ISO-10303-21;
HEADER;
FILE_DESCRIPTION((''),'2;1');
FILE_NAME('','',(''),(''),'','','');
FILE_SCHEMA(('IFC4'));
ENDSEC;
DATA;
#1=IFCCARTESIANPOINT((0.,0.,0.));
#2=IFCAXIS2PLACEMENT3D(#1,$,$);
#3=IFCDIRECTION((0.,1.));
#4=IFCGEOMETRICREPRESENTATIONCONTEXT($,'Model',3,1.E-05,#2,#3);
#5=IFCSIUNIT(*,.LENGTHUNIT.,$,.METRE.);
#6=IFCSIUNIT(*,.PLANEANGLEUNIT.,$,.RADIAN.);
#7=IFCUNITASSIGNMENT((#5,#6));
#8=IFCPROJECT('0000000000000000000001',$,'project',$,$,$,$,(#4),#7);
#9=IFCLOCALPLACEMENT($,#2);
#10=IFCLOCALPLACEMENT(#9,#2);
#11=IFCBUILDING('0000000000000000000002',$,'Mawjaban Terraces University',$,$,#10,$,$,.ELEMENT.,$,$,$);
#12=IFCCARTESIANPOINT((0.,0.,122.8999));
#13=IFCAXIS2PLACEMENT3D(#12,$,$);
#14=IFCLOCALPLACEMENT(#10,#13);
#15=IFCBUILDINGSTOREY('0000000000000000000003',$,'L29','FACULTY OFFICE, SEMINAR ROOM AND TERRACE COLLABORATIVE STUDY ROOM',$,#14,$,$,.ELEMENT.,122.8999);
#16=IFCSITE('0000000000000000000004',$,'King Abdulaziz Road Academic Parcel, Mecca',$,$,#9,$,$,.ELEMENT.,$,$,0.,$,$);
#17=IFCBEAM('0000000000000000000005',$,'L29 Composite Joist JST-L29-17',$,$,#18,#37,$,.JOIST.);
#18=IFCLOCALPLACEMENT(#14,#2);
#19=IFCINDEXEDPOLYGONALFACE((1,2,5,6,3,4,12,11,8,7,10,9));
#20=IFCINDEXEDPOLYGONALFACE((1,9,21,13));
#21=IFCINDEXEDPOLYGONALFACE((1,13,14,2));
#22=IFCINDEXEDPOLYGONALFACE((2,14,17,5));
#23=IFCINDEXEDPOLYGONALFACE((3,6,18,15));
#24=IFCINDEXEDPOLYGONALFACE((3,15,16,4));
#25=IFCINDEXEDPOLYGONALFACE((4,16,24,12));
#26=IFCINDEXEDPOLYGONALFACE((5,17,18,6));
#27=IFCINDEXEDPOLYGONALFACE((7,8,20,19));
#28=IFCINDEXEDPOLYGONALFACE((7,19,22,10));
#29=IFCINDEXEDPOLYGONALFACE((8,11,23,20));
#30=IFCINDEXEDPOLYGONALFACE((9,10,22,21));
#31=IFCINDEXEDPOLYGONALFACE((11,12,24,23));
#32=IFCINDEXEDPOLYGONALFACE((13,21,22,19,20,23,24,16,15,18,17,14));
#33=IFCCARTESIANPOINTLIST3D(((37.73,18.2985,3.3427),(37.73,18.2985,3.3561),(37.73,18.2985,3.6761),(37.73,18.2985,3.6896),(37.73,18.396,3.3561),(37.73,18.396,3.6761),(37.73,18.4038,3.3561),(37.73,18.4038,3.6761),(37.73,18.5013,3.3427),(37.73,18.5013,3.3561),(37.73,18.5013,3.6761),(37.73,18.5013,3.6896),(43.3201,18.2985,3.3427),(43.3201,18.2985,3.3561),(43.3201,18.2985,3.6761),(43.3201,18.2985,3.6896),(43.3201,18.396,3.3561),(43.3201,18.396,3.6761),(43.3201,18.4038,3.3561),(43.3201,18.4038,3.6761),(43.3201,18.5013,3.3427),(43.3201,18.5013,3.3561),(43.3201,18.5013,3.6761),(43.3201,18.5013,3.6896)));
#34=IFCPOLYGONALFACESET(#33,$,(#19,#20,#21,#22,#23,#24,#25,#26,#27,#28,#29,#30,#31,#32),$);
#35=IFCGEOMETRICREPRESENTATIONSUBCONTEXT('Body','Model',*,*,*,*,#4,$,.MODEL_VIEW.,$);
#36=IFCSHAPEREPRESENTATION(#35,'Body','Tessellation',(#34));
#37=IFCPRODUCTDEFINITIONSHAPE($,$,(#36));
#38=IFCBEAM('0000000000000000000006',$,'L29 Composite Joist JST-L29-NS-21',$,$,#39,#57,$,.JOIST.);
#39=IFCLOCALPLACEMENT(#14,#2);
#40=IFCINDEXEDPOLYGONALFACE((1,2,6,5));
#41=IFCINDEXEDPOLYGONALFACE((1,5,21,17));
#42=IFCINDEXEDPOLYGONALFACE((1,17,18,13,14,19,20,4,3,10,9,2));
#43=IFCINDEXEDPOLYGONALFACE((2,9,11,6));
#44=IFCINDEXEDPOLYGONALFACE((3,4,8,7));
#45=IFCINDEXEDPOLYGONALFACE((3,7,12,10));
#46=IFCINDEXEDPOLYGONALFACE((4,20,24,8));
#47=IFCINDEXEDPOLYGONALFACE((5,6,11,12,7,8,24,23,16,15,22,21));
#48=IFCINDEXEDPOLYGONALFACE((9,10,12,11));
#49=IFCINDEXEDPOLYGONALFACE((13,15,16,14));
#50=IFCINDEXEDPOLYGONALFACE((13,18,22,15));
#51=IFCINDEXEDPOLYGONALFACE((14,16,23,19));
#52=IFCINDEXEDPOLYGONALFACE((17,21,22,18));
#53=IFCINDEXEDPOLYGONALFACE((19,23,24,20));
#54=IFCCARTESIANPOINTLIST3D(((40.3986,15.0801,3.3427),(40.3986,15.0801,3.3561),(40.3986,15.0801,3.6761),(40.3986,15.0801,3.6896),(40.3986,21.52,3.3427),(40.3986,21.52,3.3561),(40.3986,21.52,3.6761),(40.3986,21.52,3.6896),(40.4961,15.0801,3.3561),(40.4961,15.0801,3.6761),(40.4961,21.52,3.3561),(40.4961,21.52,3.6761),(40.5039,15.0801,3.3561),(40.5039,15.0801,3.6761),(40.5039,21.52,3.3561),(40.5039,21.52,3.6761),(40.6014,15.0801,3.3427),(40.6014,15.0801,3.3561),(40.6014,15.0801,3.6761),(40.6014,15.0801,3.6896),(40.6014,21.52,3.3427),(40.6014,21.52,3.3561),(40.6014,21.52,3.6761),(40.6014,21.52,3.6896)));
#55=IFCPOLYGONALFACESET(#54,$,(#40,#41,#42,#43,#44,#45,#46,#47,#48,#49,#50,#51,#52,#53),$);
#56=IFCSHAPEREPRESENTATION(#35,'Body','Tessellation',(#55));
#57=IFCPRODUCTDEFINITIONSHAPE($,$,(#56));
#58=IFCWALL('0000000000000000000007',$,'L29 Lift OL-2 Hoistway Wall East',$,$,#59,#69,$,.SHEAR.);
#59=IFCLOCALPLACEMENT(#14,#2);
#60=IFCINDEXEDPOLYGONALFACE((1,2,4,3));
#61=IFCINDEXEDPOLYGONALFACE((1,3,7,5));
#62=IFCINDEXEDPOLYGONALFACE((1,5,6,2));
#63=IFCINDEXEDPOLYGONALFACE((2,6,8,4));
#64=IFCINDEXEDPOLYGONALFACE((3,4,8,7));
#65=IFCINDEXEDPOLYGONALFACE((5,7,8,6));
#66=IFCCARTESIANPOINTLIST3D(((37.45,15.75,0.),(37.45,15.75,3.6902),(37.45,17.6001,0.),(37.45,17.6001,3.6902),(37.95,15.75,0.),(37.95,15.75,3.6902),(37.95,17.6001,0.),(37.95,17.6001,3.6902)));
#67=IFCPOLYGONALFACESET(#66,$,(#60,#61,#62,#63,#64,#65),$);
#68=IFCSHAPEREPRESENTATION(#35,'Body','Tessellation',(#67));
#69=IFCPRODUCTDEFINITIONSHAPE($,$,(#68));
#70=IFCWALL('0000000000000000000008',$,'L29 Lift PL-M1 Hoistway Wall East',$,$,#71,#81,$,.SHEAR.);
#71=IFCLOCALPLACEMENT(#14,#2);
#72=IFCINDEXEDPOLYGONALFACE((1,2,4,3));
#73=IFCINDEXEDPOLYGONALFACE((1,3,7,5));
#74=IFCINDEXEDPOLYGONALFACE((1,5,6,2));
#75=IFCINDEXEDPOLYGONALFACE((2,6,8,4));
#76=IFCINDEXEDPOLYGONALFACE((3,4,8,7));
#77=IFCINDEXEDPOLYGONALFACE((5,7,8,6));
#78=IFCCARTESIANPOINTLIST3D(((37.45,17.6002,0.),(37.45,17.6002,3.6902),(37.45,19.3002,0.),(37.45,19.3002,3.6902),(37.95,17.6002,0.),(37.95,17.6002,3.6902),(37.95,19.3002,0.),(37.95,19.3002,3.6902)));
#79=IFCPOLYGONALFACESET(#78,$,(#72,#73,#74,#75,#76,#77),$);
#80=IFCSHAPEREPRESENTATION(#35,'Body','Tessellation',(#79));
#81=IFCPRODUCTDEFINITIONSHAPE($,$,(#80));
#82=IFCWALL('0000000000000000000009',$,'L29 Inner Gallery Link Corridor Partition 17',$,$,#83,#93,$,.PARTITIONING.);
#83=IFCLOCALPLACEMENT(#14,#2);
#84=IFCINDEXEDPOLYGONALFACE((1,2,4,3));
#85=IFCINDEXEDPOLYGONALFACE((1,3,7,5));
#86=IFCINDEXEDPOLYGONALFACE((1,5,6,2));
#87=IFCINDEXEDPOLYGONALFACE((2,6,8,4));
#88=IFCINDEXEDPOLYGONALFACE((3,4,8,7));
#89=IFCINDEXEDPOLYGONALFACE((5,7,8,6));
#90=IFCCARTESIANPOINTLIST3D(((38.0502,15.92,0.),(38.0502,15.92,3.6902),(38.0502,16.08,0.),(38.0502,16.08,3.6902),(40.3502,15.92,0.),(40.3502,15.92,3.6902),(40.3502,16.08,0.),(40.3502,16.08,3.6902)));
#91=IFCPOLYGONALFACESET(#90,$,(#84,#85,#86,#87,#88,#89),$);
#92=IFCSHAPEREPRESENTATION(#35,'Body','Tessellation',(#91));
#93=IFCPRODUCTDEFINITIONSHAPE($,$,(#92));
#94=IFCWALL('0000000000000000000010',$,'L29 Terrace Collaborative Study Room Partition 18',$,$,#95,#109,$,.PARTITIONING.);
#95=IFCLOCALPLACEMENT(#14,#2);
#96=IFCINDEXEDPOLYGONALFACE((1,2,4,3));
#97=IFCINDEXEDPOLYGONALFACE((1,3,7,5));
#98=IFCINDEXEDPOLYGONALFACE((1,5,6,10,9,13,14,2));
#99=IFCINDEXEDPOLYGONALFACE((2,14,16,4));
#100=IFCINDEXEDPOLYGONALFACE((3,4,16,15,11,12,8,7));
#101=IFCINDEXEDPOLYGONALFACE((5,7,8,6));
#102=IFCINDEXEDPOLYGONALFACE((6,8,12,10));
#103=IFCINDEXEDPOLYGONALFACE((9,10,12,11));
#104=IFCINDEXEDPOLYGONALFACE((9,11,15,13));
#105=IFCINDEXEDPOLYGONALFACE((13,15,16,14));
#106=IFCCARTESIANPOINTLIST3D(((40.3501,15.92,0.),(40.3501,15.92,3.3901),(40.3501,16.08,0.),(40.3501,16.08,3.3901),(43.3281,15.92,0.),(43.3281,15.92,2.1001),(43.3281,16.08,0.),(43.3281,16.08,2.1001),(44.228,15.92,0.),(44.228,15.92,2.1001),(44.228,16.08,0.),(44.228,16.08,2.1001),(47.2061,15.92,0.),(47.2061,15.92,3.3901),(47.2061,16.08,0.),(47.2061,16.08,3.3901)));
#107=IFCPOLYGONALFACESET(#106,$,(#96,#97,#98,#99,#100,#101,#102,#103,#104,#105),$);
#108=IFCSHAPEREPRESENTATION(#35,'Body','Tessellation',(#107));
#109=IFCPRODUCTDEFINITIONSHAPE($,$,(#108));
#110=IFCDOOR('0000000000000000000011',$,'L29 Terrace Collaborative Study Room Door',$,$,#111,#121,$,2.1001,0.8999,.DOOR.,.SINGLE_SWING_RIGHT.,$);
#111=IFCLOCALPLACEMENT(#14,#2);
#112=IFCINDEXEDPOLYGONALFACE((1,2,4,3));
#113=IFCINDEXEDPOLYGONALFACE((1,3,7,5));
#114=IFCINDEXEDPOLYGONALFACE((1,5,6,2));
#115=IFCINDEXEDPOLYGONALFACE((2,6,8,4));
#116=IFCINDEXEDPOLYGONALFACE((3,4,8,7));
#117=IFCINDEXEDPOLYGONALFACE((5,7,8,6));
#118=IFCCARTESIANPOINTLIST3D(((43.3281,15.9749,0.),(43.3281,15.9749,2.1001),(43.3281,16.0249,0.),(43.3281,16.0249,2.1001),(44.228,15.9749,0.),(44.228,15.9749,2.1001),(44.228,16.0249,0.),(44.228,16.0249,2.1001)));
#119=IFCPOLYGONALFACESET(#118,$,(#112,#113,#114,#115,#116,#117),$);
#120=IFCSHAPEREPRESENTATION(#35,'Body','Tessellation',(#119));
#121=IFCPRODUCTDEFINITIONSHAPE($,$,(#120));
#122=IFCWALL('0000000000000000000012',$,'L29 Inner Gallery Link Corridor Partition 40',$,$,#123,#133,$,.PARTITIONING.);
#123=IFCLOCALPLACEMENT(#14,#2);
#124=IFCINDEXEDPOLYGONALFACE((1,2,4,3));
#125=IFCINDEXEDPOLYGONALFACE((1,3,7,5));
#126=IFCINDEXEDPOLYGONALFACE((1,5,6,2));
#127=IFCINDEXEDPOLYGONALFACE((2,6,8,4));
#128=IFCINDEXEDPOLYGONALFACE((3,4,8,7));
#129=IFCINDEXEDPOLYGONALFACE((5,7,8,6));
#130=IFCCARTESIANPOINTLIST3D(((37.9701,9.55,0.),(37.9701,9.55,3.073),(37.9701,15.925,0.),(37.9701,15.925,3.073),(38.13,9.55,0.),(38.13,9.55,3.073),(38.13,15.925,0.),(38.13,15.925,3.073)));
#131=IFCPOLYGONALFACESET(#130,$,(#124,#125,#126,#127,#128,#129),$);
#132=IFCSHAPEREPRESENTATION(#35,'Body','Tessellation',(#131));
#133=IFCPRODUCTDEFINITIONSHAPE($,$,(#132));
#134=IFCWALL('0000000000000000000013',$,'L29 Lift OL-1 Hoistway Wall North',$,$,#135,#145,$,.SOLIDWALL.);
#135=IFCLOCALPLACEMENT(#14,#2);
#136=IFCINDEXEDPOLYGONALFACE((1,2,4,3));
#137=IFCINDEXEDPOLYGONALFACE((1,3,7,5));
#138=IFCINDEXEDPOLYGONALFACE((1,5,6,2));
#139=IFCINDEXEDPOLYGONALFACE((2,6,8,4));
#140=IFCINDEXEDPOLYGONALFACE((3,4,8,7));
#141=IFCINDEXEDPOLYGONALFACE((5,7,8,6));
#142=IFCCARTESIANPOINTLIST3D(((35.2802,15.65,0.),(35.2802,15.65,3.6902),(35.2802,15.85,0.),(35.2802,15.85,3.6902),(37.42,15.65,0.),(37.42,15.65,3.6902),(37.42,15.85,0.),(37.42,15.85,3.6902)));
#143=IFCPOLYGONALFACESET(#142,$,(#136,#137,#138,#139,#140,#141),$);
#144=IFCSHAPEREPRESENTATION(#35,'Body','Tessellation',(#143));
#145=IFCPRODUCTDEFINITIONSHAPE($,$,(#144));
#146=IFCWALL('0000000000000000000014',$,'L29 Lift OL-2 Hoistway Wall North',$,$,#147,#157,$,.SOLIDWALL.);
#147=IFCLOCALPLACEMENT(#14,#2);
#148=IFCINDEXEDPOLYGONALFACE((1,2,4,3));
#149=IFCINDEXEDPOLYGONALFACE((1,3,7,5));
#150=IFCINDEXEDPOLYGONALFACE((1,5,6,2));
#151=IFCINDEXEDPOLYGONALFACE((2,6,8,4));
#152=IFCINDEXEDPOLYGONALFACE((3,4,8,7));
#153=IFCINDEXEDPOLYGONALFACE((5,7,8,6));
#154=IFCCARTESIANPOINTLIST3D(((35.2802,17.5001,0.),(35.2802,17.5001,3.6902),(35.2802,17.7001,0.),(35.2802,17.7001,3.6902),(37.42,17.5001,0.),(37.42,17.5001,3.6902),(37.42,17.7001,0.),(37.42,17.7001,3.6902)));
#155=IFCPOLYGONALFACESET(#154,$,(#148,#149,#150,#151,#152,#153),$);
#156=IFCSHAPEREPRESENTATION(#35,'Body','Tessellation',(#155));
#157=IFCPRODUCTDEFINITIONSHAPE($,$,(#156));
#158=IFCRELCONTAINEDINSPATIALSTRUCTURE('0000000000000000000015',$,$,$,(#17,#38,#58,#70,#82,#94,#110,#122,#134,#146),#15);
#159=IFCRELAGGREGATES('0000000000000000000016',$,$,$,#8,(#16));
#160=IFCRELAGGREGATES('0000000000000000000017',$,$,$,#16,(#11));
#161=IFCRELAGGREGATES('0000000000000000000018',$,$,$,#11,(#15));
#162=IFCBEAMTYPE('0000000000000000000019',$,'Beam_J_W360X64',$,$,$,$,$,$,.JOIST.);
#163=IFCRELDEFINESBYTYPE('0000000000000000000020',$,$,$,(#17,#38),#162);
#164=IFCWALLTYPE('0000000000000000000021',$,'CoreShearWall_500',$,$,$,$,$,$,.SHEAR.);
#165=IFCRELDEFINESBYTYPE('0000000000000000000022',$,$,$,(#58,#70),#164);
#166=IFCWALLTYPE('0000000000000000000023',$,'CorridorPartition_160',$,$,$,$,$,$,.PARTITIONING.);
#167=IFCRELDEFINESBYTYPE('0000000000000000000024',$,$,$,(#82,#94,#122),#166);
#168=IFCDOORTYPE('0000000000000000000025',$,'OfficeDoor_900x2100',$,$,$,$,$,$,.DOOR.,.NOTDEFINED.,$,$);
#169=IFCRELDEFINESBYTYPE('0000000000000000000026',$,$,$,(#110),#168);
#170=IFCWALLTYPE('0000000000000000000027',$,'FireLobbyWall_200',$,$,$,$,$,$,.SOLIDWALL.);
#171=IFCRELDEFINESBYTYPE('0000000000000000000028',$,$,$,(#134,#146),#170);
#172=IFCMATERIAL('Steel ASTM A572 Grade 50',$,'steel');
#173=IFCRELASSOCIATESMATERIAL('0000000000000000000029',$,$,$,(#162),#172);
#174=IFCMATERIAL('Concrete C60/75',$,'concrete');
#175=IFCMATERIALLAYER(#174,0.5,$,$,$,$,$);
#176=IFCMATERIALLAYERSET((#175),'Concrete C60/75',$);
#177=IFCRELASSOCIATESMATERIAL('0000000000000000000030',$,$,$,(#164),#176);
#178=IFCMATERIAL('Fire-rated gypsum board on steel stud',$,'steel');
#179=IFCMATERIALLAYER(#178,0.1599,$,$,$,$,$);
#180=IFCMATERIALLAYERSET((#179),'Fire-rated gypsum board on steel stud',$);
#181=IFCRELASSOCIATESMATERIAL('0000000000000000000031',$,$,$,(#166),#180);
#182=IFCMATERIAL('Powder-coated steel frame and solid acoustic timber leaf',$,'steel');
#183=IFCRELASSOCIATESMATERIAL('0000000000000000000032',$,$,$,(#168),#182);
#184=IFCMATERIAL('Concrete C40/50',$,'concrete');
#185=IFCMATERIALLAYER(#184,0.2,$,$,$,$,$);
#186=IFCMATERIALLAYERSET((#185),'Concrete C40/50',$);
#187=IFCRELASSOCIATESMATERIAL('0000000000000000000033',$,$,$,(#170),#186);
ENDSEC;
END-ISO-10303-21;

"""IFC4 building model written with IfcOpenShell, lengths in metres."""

from ifc_helpers import new_model, si_unit, direction, frame, frame_2d, origin, origin_2d, place, context, subcontext, project, spatial, rectangle, i_section, extrude, material, layer, layer_set, material_profile, profile_set, type_object, element, fill, save


model = new_model("IFC4")

# Units and contexts
model_context = context("Model", 3, precision=1e-05, world=origin(), true_north=direction((0.0, 1.0)))
body_context = subcontext(model_context, "Body", "Model", "MODEL_VIEW")
ifc_project = project(units=[si_unit("LENGTHUNIT", "METRE"), si_unit("PLANEANGLEUNIT", "RADIAN")], contexts=[model_context])

# Site, building, storey
site_placement = place(None, origin())
site = spatial("IfcSite", under=ifc_project, at=site_placement, Name="King Abdulaziz Road Academic Parcel, Mecca", CompositionType="ELEMENT", RefElevation=0.0)
building_placement = place(site_placement, origin())
building = spatial("IfcBuilding", under=site, at=building_placement, Name="Mawjaban Terraces University", CompositionType="ELEMENT")
storey_placement = place(building_placement, frame((0.0, 0.0, 122.8999)))
storey = spatial("IfcBuildingStorey", under=building, at=storey_placement, Name="L29", Description="FACULTY OFFICE, SEMINAR ROOM AND TERRACE COLLABORATIVE STUDY ROOM", CompositionType="ELEMENT", Elevation=122.8999)

# Shared definitions
ifc_material_1 = material(Name="Concrete C60/75", Category="concrete")

# Beams
ifc_material_2 = material(Name="Steel ASTM A572 Grade 50", Category="steel")
ifc_material_profile_1 = material_profile(ifc_material_2, i_section(OverallWidth=0.2029, OverallDepth=0.3469, WebThickness=0.0078, FlangeThickness=0.0134, at=origin_2d()), Name="W360X64")
ifc_profile_set_1 = profile_set([ifc_material_profile_1], Name="Steel ASTM A572 Grade 50")
beam_type_1 = type_object("IfcBeamType", Name="Beam_J_W360X64", PredefinedType="JOIST", material=ifc_profile_set_1)
beam_1_placement = place(storey_placement, frame((37.73, 18.3999, 3.5161), z_axis=(1.0, 0.0, 0.0), x_axis=(0.0, 1.0, 0.0)))
element("IfcBeam", 1, at=beam_1_placement, inside=storey, type_object=beam_type_1, Name="L29 Composite Joist JST-L29-17", PredefinedType="JOIST", context=body_context, shape_type="SweptSolid", body=[
    extrude(i_section(OverallWidth=0.2029, OverallDepth=0.3469, WebThickness=0.0078, FlangeThickness=0.0134, at=origin_2d()), origin(), (0.0, 0.0, 1.0), 5.5901),
])
beam_2_placement = place(storey_placement, frame((40.5, 15.0801, 3.5161), z_axis=(0.0, 1.0, 0.0), x_axis=(-1.0, 0.0, 0.0)))
element("IfcBeam", 2, at=beam_2_placement, inside=storey, type_object=beam_type_1, Name="L29 Composite Joist JST-L29-NS-21", PredefinedType="JOIST", context=body_context, shape_type="SweptSolid", body=[
    extrude(i_section(OverallWidth=0.2029, OverallDepth=0.3469, WebThickness=0.0078, FlangeThickness=0.0134, at=origin_2d()), origin(), (0.0, 0.0, 1.0), 6.4399),
])

# Walls
ifc_layer_1 = layer(ifc_material_1, 0.5)
ifc_layer_set_1 = layer_set([ifc_layer_1], Name="Concrete C60/75")
wall_type_1 = type_object("IfcWallType", Name="CoreShearWall_500", PredefinedType="SHEAR", material=ifc_layer_set_1)
wall_1_placement = place(storey_placement, frame((37.7, 15.75, 0.0), z_axis=(0.0, 0.0, 1.0), x_axis=(0.0, 1.0, 0.0)))
element("IfcWall", 3, at=wall_1_placement, inside=storey, type_object=wall_type_1, Name="L29 Lift OL-2 Hoistway Wall East", PredefinedType="SHEAR", context=body_context, shape_type="SweptSolid", body=[
    extrude(rectangle(XDim=1.8501, YDim=0.5, at=frame_2d((0.925, 0.0))), origin(), (0.0, 0.0, 1.0), 3.6902),
])
wall_2_placement = place(storey_placement, frame((37.7, 17.6001, 0.0), z_axis=(0.0, 0.0, 1.0), x_axis=(0.0, 1.0, 0.0)))
element("IfcWall", 4, at=wall_2_placement, inside=storey, type_object=wall_type_1, Name="L29 Lift PL-M1 Hoistway Wall East", PredefinedType="SHEAR", context=body_context, shape_type="SweptSolid", body=[
    extrude(rectangle(XDim=1.7, YDim=0.5, at=frame_2d((0.8501, 0.0))), origin(), (0.0, 0.0, 1.0), 3.6902),
])
ifc_material_3 = material(Name="Fire-rated gypsum board on steel stud", Category="steel")
ifc_layer_2 = layer(ifc_material_3, 0.1599)
ifc_layer_set_2 = layer_set([ifc_layer_2], Name="Fire-rated gypsum board on steel stud")
wall_type_2 = type_object("IfcWallType", Name="CorridorPartition_160", PredefinedType="PARTITIONING", material=ifc_layer_set_2)
wall_3_placement = place(storey_placement, frame((40.3501, 16.0, 0.0), z_axis=(0.0, 0.0, 1.0), x_axis=(-1.0, 0.0, 0.0)))
element("IfcWall", 5, at=wall_3_placement, inside=storey, type_object=wall_type_2, Name="L29 Inner Gallery Link Corridor Partition 17", PredefinedType="PARTITIONING", context=body_context, shape_type="SweptSolid", body=[
    extrude(rectangle(XDim=2.3, YDim=0.1599, at=frame_2d((1.1499, 0.0))), origin(), (0.0, 0.0, 1.0), 3.6902),
])

# Wall, opening, door
wall_4_placement = place(storey_placement, frame((40.3501, 16.0, 0.0), z_axis=(0.0, 0.0, 1.0), x_axis=(1.0, 0.0, 0.0)))
wall_4 = element("IfcWall", 6, at=wall_4_placement, inside=storey, type_object=wall_type_2, Name="L29 Terrace Collaborative Study Room Partition 18", PredefinedType="PARTITIONING", context=body_context, shape_type="SweptSolid", body=[
    extrude(rectangle(XDim=6.856, YDim=0.1599, at=frame_2d((3.428, 0.0))), origin(), (0.0, 0.0, 1.0), 3.3901),
])
opening_placement = place(wall_4_placement, frame((2.978, 0.0, 0.0)))
opening = element("IfcOpeningElement", 7, at=opening_placement, cuts=wall_4, PredefinedType="OPENING", context=body_context, shape_type="SweptSolid", body=[
    extrude(rectangle(XDim=0.8999, YDim=2.1001, at=frame_2d((0.45, 1.05))), frame((0.0, 0.0898, 0.0), z_axis=(0.0, -1.0, 0.0), x_axis=(1.0, 0.0, 0.0)), (0.0, 0.0, 1.0), 0.1799),
])
ifc_material_4 = material(Name="Powder-coated steel frame and solid acoustic timber leaf", Category="steel")
door_type = type_object("IfcDoorType", Name="OfficeDoor_900x2100", OperationType="NOTDEFINED", PredefinedType="DOOR", material=ifc_material_4)
door_placement = place(opening_placement, origin())
door = element("IfcDoor", 8, at=door_placement, inside=storey, type_object=door_type, Name="L29 Terrace Collaborative Study Room Door", OperationType="SINGLE_SWING_RIGHT", OverallHeight=2.1001, OverallWidth=0.8999, PredefinedType="DOOR", context=body_context, shape_type="SweptSolid", body=[
    extrude(rectangle(XDim=0.8999, YDim=2.1001, at=frame_2d((0.45, 1.05))), frame((0.0, 0.0249, 0.0), z_axis=(0.0, -1.0, 0.0), x_axis=(1.0, 0.0, 0.0)), (0.0, 0.0, 1.0), 0.05),
])
fill(opening, door)

# Walls
wall_5_placement = place(storey_placement, frame((38.05, 15.925, 0.0), z_axis=(0.0, 0.0, 1.0), x_axis=(0.0, -1.0, 0.0)))
element("IfcWall", 9, at=wall_5_placement, inside=storey, type_object=wall_type_2, Name="L29 Inner Gallery Link Corridor Partition 40", PredefinedType="PARTITIONING", context=body_context, shape_type="SweptSolid", body=[
    extrude(rectangle(XDim=6.375, YDim=0.1599, at=frame_2d((3.1875, 0.0))), origin(), (0.0, 0.0, 1.0), 3.073),
])
ifc_material_5 = material(Name="Concrete C40/50", Category="concrete")
ifc_layer_3 = layer(ifc_material_5, 0.2)
ifc_layer_set_3 = layer_set([ifc_layer_3], Name="Concrete C40/50")
wall_type_3 = type_object("IfcWallType", Name="FireLobbyWall_200", PredefinedType="SOLIDWALL", material=ifc_layer_set_3)
for number, where, z_axis, x_axis, name in (
    (10, (37.4199, 15.75, 0.0), (0.0, 0.0, 1.0), (-1.0, 0.0, 0.0), "L29 Lift OL-1 Hoistway Wall North"),
    (11, (37.4199, 17.6001, 0.0), (0.0, 0.0, 1.0), (-1.0, 0.0, 0.0), "L29 Lift OL-2 Hoistway Wall North"),
):
    element("IfcWall", number, at=place(storey_placement, frame(where, z_axis=z_axis, x_axis=x_axis)), inside=storey, type_object=wall_type_3, Name=name, PredefinedType="SOLIDWALL", context=body_context, shape_type="SweptSolid", body=[
        extrude(rectangle(XDim=2.1399, YDim=0.2, at=frame_2d((1.0698, 0.0))), origin(), (0.0, 0.0, 1.0), 3.6902),
    ])

save(model, "model.ifc")
